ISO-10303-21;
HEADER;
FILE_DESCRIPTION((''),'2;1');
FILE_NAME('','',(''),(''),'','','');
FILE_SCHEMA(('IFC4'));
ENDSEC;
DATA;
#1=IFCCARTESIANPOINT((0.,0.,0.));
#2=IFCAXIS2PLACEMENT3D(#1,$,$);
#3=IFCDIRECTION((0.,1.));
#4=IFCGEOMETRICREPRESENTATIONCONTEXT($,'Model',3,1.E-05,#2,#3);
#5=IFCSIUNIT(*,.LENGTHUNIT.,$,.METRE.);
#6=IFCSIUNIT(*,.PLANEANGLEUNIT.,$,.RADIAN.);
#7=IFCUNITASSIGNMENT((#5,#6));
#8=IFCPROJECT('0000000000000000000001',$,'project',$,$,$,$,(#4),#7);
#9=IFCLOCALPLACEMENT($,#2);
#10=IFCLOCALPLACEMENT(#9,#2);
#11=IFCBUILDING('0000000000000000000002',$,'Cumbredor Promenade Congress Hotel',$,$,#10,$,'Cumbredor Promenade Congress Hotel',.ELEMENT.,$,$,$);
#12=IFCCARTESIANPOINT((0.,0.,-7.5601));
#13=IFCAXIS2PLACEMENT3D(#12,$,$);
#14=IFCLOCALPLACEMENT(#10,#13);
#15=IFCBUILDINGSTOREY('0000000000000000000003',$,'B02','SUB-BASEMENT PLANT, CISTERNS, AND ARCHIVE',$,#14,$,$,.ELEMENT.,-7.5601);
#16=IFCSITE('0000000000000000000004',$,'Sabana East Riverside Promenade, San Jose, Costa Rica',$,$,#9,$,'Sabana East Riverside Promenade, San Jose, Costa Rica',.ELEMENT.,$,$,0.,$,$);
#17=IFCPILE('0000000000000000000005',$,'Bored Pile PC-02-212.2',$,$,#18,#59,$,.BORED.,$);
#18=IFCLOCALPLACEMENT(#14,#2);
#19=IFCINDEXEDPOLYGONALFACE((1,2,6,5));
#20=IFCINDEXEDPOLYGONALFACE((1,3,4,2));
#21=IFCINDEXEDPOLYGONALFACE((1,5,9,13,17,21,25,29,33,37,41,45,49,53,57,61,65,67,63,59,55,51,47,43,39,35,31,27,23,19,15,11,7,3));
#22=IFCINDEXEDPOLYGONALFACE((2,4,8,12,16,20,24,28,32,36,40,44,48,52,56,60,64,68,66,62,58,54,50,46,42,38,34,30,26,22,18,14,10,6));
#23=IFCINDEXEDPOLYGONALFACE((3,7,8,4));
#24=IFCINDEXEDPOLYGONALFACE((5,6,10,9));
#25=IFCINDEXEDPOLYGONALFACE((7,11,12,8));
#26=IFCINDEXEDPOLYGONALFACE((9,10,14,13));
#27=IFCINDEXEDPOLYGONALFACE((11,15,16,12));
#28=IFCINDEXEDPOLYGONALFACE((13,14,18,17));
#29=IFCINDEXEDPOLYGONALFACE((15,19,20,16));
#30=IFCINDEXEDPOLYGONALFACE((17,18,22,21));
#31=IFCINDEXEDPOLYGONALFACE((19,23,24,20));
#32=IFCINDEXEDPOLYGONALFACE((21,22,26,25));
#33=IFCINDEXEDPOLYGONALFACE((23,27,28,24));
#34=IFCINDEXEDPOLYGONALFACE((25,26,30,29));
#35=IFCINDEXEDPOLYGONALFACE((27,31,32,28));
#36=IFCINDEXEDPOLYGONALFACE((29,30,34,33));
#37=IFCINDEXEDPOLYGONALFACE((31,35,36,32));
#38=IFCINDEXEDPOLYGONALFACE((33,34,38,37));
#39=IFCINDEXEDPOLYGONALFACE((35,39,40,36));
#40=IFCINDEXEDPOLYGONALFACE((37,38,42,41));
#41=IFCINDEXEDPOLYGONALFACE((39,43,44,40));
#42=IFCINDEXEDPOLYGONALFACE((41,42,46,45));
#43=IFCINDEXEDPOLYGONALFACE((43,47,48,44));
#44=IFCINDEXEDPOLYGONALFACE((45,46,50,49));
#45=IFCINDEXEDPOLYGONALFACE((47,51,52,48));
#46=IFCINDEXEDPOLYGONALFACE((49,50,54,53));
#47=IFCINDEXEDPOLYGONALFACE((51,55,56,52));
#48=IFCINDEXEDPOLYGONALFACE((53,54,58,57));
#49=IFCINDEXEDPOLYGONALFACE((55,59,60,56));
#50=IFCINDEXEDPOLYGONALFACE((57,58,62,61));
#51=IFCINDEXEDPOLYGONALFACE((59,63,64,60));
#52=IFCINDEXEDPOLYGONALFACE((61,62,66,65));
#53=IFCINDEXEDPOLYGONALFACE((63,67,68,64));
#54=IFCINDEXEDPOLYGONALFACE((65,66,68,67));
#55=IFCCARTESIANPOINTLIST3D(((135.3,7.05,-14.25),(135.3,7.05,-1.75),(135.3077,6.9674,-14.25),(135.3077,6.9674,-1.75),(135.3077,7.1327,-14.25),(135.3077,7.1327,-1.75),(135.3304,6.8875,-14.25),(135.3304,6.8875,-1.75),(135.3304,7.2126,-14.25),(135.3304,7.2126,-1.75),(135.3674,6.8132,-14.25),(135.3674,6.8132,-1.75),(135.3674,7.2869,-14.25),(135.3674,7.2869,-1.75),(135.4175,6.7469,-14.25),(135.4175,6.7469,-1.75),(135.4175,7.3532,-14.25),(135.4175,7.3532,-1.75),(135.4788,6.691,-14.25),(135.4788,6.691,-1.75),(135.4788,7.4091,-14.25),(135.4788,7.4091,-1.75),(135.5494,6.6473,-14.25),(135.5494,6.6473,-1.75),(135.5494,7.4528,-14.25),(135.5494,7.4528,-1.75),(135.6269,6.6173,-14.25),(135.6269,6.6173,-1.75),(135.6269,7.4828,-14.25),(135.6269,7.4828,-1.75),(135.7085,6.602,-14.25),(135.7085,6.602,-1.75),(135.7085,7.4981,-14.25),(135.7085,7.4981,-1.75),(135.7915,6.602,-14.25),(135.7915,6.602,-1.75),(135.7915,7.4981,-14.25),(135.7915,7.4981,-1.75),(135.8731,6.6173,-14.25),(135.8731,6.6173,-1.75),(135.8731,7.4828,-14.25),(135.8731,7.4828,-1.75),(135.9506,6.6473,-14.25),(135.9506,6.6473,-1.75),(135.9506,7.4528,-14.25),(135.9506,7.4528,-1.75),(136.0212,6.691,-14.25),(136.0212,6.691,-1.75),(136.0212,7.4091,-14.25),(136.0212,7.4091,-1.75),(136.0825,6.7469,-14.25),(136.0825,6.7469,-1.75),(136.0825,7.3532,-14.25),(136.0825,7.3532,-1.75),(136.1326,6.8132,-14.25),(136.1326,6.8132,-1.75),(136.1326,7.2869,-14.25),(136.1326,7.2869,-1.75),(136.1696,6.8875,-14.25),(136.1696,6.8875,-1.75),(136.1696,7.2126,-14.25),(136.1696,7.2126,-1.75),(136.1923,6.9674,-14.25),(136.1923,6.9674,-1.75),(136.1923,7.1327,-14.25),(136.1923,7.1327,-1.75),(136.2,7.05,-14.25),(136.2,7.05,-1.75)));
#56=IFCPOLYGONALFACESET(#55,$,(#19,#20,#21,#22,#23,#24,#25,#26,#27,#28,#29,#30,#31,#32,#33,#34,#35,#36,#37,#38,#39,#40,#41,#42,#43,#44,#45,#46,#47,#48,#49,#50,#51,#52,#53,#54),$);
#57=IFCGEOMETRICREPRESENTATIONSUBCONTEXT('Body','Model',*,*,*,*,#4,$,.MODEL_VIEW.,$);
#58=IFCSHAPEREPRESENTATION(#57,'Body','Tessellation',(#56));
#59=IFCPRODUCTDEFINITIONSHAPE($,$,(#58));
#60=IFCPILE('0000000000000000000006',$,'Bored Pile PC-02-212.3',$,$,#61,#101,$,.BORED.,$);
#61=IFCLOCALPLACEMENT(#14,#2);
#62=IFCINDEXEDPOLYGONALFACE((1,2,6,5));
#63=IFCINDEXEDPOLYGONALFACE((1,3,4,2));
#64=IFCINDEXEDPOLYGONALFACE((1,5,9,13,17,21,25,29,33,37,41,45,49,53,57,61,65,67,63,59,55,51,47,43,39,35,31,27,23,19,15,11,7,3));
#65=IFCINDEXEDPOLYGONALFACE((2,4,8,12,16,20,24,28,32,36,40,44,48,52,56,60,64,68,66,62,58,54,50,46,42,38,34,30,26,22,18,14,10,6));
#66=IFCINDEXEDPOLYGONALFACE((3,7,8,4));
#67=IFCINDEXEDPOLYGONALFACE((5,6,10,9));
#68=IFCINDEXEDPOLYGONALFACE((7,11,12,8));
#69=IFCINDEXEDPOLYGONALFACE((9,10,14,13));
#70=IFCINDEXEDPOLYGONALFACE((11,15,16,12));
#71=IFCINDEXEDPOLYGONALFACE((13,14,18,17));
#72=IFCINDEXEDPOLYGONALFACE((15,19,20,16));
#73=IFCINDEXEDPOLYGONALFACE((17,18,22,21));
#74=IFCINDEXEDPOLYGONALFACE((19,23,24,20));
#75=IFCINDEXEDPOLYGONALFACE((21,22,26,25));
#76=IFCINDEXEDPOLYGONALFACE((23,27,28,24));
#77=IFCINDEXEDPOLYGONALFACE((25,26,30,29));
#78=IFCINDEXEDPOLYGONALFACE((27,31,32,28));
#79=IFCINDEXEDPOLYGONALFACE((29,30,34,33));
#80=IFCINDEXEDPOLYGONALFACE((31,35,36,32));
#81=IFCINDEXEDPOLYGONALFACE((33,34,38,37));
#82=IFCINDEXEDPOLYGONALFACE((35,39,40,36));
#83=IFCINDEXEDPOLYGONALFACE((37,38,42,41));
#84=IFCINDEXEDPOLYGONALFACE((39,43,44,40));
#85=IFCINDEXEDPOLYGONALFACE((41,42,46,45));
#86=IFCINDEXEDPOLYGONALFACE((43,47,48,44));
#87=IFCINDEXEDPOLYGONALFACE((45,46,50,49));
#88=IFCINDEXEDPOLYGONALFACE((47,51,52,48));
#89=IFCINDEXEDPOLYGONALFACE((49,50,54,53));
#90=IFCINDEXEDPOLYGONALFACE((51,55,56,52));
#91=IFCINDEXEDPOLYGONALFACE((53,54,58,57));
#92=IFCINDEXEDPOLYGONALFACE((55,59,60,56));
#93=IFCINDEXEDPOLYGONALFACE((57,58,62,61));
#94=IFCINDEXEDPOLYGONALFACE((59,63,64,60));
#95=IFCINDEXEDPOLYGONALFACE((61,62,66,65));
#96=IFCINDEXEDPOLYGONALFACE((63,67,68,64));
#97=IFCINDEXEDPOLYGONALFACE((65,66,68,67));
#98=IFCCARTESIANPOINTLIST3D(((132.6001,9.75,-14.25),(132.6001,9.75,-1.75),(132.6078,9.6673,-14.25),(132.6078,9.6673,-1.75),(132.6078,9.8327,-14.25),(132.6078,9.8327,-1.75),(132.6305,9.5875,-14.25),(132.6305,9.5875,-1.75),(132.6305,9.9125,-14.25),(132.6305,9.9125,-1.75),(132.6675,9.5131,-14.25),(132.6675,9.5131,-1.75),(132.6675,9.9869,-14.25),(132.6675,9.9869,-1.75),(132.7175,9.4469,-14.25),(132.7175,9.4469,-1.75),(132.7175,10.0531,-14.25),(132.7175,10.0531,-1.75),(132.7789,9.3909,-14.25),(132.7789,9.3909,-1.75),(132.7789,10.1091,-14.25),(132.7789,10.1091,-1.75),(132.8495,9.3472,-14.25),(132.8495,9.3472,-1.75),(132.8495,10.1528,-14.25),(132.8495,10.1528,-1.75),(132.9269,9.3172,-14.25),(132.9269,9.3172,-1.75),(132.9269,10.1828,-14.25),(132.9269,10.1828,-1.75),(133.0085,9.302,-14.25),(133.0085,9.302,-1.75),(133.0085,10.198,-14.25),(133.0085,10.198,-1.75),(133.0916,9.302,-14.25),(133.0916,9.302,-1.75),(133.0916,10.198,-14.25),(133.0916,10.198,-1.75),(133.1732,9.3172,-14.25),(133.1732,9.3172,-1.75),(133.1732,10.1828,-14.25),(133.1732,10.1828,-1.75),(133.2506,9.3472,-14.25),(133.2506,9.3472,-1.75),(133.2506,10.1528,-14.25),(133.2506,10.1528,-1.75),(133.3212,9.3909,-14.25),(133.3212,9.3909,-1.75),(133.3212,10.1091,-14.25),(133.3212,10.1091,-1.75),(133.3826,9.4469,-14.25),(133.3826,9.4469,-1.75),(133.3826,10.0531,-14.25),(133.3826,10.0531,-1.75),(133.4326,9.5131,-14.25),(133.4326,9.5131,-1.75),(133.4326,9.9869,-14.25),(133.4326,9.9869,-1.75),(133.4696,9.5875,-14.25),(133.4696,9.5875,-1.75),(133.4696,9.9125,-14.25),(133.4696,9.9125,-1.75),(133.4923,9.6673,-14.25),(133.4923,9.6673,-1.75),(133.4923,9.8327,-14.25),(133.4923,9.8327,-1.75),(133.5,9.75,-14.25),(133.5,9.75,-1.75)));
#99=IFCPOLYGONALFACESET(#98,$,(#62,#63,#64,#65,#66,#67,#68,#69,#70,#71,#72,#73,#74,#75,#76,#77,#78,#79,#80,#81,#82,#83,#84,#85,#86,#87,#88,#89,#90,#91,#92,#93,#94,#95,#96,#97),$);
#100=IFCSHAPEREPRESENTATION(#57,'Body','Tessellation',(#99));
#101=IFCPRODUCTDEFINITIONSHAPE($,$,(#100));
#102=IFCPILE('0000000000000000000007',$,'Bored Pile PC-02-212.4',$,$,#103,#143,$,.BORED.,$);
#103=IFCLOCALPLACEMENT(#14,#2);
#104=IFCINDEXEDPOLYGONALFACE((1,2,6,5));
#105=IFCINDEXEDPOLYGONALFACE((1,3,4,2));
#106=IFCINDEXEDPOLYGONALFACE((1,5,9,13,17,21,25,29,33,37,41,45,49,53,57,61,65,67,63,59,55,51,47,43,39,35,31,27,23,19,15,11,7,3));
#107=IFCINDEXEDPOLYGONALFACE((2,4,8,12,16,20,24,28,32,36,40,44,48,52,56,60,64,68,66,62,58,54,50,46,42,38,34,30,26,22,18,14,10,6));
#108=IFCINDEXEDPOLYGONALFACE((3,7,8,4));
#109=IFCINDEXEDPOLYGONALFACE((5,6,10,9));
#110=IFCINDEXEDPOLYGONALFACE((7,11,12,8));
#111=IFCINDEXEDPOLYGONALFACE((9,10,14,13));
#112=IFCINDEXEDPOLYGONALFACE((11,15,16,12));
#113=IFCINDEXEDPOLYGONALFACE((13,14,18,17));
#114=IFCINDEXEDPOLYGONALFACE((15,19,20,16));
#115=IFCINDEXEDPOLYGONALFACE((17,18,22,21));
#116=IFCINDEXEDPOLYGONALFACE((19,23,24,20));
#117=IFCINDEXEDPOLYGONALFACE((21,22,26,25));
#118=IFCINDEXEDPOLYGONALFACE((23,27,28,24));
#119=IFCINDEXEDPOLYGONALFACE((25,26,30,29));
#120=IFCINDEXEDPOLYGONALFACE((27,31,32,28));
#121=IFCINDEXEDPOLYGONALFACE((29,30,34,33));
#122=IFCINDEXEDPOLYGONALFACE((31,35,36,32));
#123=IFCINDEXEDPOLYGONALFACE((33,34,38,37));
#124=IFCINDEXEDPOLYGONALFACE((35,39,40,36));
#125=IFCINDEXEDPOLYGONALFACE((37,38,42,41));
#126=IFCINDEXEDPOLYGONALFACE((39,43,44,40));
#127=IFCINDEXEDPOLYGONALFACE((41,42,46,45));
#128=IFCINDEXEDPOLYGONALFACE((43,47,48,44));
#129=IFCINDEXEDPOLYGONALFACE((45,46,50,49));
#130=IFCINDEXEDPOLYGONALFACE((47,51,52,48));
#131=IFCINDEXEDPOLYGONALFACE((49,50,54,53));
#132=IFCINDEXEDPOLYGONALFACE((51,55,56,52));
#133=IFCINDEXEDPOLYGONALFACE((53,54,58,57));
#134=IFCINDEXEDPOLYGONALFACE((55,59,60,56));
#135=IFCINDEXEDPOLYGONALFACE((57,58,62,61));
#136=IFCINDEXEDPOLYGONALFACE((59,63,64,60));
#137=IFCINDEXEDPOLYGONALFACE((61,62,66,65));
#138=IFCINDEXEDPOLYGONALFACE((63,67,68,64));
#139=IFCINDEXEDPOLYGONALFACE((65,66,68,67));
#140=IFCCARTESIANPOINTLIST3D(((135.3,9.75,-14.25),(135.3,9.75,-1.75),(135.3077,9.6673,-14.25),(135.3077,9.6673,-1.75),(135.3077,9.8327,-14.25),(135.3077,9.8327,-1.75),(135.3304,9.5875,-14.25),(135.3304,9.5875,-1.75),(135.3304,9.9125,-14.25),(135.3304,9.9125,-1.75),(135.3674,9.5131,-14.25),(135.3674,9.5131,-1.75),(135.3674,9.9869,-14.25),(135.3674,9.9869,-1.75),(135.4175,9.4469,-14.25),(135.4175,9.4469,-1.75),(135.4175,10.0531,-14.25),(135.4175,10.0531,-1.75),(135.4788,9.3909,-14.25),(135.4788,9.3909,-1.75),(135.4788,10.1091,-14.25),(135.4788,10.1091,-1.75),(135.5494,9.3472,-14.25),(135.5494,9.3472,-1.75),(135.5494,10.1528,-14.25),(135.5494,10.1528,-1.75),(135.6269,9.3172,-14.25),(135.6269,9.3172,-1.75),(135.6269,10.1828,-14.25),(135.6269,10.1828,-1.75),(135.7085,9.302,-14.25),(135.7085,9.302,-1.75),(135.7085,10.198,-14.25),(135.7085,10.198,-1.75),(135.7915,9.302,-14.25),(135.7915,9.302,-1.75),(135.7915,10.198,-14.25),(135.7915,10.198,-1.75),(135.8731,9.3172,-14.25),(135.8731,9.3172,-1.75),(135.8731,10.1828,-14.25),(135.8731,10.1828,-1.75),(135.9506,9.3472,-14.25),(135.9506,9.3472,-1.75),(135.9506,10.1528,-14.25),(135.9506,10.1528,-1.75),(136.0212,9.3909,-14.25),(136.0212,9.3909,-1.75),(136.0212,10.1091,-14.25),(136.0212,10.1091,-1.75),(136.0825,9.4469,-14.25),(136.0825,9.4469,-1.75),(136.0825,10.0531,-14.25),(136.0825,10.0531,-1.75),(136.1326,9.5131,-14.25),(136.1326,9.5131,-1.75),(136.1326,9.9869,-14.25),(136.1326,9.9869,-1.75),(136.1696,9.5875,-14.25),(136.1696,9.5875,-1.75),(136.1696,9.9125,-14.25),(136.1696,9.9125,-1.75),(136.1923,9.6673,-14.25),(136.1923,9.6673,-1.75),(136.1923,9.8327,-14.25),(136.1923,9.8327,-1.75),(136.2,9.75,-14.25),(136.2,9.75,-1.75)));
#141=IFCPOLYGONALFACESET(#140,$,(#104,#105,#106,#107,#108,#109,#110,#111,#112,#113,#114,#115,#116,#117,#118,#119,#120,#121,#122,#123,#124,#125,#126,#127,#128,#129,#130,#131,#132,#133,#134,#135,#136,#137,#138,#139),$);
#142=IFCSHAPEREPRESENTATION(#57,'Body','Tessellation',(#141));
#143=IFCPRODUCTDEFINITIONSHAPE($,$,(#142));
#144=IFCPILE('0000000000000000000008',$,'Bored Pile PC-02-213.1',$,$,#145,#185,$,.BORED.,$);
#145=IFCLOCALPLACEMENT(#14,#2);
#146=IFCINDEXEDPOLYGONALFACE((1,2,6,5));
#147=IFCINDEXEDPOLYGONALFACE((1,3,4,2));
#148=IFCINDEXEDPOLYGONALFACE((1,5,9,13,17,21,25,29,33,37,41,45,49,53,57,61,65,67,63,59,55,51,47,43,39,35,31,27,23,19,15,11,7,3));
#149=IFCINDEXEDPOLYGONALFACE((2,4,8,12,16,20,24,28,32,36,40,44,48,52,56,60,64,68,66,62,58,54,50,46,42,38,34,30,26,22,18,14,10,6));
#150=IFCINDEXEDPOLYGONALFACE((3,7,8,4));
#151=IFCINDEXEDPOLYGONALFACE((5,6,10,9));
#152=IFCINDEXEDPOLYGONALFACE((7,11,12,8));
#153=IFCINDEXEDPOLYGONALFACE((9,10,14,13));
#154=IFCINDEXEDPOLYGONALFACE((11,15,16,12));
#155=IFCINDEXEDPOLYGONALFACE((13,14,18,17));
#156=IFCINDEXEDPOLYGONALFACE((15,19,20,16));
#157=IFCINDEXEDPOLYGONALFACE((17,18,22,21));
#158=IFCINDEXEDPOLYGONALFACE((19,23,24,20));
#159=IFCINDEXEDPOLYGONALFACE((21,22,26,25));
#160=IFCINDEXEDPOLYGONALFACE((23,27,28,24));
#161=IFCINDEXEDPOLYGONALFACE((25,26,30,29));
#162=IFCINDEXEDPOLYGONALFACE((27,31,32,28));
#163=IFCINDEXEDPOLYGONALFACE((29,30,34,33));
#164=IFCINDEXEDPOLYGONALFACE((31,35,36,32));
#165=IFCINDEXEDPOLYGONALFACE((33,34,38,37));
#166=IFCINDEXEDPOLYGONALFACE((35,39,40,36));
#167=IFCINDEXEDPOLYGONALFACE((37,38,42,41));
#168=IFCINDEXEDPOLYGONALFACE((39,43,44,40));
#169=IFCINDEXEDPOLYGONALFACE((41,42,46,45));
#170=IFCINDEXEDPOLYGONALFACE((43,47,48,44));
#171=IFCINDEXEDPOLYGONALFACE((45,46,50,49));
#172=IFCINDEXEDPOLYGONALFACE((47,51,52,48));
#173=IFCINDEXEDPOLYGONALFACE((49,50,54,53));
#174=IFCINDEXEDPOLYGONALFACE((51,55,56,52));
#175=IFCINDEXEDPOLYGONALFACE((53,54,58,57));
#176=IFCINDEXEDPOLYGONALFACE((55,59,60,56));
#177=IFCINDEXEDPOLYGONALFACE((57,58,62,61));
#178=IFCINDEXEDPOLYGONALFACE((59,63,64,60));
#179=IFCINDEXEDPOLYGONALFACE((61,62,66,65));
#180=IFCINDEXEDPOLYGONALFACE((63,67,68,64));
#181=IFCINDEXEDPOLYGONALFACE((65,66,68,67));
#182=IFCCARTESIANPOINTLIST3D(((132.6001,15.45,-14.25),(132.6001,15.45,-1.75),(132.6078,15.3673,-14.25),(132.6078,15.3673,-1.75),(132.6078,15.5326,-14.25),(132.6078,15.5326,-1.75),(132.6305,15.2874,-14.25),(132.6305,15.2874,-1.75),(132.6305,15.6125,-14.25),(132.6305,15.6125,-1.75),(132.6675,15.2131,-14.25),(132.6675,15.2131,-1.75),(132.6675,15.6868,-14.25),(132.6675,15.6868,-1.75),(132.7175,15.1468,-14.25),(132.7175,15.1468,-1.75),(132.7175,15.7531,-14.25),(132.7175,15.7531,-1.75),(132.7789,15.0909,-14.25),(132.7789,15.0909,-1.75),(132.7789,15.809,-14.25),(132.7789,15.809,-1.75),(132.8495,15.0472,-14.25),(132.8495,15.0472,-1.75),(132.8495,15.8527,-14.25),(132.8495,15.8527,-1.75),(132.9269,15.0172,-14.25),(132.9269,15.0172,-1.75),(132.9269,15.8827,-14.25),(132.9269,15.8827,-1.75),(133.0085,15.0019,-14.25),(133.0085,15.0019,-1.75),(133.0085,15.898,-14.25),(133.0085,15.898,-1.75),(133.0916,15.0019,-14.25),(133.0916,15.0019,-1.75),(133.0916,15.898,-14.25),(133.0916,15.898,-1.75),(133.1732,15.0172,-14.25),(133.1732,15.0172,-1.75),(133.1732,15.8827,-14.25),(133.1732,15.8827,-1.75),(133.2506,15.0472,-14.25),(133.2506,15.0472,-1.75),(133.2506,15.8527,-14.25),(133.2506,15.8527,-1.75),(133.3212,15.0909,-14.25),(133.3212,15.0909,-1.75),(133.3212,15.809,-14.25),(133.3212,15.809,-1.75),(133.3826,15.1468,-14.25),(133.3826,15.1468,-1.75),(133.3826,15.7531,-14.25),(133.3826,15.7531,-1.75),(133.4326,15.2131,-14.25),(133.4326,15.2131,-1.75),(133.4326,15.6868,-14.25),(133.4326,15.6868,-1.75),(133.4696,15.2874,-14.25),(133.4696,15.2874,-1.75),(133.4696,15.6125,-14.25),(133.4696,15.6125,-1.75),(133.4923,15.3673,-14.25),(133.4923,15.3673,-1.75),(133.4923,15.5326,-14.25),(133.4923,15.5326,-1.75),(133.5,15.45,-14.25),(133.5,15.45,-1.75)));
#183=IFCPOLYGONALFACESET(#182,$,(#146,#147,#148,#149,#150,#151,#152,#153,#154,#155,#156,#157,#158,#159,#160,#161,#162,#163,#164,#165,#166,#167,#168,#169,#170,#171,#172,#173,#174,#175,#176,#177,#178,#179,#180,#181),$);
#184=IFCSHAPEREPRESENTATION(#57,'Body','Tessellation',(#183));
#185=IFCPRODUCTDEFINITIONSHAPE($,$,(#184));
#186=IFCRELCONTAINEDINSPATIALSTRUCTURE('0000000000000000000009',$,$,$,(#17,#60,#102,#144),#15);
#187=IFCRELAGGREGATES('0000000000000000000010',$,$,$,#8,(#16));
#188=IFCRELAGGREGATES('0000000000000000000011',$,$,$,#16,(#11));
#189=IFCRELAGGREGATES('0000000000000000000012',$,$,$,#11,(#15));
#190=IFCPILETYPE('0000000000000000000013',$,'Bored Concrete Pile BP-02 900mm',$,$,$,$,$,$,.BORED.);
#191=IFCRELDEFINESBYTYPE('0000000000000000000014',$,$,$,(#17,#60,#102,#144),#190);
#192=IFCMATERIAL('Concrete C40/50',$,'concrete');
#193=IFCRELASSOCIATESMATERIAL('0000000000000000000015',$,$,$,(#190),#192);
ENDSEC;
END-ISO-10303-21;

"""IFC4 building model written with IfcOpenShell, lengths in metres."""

from ifc_helpers import new_model, si_unit, direction, frame, origin, origin_2d, place, context, subcontext, project, spatial, circle, extrude, material, material_profile, profile_set, type_object, element, save


model = new_model("IFC4")

# Units and contexts
model_context = context("Model", 3, precision=1e-05, world=origin(), true_north=direction((0.0, 1.0)))
body_context = subcontext(model_context, "Body", "Model", "MODEL_VIEW")
ifc_project = project(units=[si_unit("LENGTHUNIT", "METRE"), si_unit("PLANEANGLEUNIT", "RADIAN")], contexts=[model_context])

# Site, building, storey
site_placement = place(None, origin())
site = spatial("IfcSite", under=ifc_project, at=site_placement, Name="Sabana East Riverside Promenade, San Jose, Costa Rica", LongName="Sabana East Riverside Promenade, San Jose, Costa Rica", CompositionType="ELEMENT", RefElevation=0.0)
building_placement = place(site_placement, origin())
building = spatial("IfcBuilding", under=site, at=building_placement, Name="Cumbredor Promenade Congress Hotel", LongName="Cumbredor Promenade Congress Hotel", CompositionType="ELEMENT")
storey_placement = place(building_placement, frame((0.0, 0.0, -7.5601)))
storey = spatial("IfcBuildingStorey", under=building, at=storey_placement, Name="B02", Description="SUB-BASEMENT PLANT, CISTERNS, AND ARCHIVE", CompositionType="ELEMENT", Elevation=-7.5601)

# Piles
ifc_material_1 = material(Name="Concrete C40/50", Category="concrete")
ifc_material_profile_1 = material_profile(ifc_material_1, circle(Radius=0.45, at=origin_2d()), Name="PILE D900")
ifc_profile_set_1 = profile_set([ifc_material_profile_1], Name="Concrete C40/50")
pile_type = type_object("IfcPileType", Name="Bored Concrete Pile BP-02 900mm", PredefinedType="BORED", material=ifc_profile_set_1)
for number, where, z_axis, x_axis, name in (
    (1, (135.75, 7.05, -1.75), (0.0, 0.0, -1.0), (1.0, 0.0, 0.0), "Bored Pile PC-02-212.2"),
    (2, (133.05, 9.75, -1.75), (0.0, 0.0, -1.0), (1.0, 0.0, 0.0), "Bored Pile PC-02-212.3"),
    (3, (135.75, 9.75, -1.75), (0.0, 0.0, -1.0), (1.0, 0.0, 0.0), "Bored Pile PC-02-212.4"),
    (4, (133.05, 15.45, -1.75), (0.0, 0.0, -1.0), (1.0, 0.0, 0.0), "Bored Pile PC-02-213.1"),
):
    element("IfcPile", number, at=place(storey_placement, frame(where, z_axis=z_axis, x_axis=x_axis)), inside=storey, type_object=pile_type, Name=name, PredefinedType="BORED", context=body_context, shape_type="SweptSolid", body=[
        extrude(circle(Radius=0.45, at=origin_2d()), origin(), (0.0, 0.0, 1.0), 12.5),
    ])

save(model, "model.ifc")
